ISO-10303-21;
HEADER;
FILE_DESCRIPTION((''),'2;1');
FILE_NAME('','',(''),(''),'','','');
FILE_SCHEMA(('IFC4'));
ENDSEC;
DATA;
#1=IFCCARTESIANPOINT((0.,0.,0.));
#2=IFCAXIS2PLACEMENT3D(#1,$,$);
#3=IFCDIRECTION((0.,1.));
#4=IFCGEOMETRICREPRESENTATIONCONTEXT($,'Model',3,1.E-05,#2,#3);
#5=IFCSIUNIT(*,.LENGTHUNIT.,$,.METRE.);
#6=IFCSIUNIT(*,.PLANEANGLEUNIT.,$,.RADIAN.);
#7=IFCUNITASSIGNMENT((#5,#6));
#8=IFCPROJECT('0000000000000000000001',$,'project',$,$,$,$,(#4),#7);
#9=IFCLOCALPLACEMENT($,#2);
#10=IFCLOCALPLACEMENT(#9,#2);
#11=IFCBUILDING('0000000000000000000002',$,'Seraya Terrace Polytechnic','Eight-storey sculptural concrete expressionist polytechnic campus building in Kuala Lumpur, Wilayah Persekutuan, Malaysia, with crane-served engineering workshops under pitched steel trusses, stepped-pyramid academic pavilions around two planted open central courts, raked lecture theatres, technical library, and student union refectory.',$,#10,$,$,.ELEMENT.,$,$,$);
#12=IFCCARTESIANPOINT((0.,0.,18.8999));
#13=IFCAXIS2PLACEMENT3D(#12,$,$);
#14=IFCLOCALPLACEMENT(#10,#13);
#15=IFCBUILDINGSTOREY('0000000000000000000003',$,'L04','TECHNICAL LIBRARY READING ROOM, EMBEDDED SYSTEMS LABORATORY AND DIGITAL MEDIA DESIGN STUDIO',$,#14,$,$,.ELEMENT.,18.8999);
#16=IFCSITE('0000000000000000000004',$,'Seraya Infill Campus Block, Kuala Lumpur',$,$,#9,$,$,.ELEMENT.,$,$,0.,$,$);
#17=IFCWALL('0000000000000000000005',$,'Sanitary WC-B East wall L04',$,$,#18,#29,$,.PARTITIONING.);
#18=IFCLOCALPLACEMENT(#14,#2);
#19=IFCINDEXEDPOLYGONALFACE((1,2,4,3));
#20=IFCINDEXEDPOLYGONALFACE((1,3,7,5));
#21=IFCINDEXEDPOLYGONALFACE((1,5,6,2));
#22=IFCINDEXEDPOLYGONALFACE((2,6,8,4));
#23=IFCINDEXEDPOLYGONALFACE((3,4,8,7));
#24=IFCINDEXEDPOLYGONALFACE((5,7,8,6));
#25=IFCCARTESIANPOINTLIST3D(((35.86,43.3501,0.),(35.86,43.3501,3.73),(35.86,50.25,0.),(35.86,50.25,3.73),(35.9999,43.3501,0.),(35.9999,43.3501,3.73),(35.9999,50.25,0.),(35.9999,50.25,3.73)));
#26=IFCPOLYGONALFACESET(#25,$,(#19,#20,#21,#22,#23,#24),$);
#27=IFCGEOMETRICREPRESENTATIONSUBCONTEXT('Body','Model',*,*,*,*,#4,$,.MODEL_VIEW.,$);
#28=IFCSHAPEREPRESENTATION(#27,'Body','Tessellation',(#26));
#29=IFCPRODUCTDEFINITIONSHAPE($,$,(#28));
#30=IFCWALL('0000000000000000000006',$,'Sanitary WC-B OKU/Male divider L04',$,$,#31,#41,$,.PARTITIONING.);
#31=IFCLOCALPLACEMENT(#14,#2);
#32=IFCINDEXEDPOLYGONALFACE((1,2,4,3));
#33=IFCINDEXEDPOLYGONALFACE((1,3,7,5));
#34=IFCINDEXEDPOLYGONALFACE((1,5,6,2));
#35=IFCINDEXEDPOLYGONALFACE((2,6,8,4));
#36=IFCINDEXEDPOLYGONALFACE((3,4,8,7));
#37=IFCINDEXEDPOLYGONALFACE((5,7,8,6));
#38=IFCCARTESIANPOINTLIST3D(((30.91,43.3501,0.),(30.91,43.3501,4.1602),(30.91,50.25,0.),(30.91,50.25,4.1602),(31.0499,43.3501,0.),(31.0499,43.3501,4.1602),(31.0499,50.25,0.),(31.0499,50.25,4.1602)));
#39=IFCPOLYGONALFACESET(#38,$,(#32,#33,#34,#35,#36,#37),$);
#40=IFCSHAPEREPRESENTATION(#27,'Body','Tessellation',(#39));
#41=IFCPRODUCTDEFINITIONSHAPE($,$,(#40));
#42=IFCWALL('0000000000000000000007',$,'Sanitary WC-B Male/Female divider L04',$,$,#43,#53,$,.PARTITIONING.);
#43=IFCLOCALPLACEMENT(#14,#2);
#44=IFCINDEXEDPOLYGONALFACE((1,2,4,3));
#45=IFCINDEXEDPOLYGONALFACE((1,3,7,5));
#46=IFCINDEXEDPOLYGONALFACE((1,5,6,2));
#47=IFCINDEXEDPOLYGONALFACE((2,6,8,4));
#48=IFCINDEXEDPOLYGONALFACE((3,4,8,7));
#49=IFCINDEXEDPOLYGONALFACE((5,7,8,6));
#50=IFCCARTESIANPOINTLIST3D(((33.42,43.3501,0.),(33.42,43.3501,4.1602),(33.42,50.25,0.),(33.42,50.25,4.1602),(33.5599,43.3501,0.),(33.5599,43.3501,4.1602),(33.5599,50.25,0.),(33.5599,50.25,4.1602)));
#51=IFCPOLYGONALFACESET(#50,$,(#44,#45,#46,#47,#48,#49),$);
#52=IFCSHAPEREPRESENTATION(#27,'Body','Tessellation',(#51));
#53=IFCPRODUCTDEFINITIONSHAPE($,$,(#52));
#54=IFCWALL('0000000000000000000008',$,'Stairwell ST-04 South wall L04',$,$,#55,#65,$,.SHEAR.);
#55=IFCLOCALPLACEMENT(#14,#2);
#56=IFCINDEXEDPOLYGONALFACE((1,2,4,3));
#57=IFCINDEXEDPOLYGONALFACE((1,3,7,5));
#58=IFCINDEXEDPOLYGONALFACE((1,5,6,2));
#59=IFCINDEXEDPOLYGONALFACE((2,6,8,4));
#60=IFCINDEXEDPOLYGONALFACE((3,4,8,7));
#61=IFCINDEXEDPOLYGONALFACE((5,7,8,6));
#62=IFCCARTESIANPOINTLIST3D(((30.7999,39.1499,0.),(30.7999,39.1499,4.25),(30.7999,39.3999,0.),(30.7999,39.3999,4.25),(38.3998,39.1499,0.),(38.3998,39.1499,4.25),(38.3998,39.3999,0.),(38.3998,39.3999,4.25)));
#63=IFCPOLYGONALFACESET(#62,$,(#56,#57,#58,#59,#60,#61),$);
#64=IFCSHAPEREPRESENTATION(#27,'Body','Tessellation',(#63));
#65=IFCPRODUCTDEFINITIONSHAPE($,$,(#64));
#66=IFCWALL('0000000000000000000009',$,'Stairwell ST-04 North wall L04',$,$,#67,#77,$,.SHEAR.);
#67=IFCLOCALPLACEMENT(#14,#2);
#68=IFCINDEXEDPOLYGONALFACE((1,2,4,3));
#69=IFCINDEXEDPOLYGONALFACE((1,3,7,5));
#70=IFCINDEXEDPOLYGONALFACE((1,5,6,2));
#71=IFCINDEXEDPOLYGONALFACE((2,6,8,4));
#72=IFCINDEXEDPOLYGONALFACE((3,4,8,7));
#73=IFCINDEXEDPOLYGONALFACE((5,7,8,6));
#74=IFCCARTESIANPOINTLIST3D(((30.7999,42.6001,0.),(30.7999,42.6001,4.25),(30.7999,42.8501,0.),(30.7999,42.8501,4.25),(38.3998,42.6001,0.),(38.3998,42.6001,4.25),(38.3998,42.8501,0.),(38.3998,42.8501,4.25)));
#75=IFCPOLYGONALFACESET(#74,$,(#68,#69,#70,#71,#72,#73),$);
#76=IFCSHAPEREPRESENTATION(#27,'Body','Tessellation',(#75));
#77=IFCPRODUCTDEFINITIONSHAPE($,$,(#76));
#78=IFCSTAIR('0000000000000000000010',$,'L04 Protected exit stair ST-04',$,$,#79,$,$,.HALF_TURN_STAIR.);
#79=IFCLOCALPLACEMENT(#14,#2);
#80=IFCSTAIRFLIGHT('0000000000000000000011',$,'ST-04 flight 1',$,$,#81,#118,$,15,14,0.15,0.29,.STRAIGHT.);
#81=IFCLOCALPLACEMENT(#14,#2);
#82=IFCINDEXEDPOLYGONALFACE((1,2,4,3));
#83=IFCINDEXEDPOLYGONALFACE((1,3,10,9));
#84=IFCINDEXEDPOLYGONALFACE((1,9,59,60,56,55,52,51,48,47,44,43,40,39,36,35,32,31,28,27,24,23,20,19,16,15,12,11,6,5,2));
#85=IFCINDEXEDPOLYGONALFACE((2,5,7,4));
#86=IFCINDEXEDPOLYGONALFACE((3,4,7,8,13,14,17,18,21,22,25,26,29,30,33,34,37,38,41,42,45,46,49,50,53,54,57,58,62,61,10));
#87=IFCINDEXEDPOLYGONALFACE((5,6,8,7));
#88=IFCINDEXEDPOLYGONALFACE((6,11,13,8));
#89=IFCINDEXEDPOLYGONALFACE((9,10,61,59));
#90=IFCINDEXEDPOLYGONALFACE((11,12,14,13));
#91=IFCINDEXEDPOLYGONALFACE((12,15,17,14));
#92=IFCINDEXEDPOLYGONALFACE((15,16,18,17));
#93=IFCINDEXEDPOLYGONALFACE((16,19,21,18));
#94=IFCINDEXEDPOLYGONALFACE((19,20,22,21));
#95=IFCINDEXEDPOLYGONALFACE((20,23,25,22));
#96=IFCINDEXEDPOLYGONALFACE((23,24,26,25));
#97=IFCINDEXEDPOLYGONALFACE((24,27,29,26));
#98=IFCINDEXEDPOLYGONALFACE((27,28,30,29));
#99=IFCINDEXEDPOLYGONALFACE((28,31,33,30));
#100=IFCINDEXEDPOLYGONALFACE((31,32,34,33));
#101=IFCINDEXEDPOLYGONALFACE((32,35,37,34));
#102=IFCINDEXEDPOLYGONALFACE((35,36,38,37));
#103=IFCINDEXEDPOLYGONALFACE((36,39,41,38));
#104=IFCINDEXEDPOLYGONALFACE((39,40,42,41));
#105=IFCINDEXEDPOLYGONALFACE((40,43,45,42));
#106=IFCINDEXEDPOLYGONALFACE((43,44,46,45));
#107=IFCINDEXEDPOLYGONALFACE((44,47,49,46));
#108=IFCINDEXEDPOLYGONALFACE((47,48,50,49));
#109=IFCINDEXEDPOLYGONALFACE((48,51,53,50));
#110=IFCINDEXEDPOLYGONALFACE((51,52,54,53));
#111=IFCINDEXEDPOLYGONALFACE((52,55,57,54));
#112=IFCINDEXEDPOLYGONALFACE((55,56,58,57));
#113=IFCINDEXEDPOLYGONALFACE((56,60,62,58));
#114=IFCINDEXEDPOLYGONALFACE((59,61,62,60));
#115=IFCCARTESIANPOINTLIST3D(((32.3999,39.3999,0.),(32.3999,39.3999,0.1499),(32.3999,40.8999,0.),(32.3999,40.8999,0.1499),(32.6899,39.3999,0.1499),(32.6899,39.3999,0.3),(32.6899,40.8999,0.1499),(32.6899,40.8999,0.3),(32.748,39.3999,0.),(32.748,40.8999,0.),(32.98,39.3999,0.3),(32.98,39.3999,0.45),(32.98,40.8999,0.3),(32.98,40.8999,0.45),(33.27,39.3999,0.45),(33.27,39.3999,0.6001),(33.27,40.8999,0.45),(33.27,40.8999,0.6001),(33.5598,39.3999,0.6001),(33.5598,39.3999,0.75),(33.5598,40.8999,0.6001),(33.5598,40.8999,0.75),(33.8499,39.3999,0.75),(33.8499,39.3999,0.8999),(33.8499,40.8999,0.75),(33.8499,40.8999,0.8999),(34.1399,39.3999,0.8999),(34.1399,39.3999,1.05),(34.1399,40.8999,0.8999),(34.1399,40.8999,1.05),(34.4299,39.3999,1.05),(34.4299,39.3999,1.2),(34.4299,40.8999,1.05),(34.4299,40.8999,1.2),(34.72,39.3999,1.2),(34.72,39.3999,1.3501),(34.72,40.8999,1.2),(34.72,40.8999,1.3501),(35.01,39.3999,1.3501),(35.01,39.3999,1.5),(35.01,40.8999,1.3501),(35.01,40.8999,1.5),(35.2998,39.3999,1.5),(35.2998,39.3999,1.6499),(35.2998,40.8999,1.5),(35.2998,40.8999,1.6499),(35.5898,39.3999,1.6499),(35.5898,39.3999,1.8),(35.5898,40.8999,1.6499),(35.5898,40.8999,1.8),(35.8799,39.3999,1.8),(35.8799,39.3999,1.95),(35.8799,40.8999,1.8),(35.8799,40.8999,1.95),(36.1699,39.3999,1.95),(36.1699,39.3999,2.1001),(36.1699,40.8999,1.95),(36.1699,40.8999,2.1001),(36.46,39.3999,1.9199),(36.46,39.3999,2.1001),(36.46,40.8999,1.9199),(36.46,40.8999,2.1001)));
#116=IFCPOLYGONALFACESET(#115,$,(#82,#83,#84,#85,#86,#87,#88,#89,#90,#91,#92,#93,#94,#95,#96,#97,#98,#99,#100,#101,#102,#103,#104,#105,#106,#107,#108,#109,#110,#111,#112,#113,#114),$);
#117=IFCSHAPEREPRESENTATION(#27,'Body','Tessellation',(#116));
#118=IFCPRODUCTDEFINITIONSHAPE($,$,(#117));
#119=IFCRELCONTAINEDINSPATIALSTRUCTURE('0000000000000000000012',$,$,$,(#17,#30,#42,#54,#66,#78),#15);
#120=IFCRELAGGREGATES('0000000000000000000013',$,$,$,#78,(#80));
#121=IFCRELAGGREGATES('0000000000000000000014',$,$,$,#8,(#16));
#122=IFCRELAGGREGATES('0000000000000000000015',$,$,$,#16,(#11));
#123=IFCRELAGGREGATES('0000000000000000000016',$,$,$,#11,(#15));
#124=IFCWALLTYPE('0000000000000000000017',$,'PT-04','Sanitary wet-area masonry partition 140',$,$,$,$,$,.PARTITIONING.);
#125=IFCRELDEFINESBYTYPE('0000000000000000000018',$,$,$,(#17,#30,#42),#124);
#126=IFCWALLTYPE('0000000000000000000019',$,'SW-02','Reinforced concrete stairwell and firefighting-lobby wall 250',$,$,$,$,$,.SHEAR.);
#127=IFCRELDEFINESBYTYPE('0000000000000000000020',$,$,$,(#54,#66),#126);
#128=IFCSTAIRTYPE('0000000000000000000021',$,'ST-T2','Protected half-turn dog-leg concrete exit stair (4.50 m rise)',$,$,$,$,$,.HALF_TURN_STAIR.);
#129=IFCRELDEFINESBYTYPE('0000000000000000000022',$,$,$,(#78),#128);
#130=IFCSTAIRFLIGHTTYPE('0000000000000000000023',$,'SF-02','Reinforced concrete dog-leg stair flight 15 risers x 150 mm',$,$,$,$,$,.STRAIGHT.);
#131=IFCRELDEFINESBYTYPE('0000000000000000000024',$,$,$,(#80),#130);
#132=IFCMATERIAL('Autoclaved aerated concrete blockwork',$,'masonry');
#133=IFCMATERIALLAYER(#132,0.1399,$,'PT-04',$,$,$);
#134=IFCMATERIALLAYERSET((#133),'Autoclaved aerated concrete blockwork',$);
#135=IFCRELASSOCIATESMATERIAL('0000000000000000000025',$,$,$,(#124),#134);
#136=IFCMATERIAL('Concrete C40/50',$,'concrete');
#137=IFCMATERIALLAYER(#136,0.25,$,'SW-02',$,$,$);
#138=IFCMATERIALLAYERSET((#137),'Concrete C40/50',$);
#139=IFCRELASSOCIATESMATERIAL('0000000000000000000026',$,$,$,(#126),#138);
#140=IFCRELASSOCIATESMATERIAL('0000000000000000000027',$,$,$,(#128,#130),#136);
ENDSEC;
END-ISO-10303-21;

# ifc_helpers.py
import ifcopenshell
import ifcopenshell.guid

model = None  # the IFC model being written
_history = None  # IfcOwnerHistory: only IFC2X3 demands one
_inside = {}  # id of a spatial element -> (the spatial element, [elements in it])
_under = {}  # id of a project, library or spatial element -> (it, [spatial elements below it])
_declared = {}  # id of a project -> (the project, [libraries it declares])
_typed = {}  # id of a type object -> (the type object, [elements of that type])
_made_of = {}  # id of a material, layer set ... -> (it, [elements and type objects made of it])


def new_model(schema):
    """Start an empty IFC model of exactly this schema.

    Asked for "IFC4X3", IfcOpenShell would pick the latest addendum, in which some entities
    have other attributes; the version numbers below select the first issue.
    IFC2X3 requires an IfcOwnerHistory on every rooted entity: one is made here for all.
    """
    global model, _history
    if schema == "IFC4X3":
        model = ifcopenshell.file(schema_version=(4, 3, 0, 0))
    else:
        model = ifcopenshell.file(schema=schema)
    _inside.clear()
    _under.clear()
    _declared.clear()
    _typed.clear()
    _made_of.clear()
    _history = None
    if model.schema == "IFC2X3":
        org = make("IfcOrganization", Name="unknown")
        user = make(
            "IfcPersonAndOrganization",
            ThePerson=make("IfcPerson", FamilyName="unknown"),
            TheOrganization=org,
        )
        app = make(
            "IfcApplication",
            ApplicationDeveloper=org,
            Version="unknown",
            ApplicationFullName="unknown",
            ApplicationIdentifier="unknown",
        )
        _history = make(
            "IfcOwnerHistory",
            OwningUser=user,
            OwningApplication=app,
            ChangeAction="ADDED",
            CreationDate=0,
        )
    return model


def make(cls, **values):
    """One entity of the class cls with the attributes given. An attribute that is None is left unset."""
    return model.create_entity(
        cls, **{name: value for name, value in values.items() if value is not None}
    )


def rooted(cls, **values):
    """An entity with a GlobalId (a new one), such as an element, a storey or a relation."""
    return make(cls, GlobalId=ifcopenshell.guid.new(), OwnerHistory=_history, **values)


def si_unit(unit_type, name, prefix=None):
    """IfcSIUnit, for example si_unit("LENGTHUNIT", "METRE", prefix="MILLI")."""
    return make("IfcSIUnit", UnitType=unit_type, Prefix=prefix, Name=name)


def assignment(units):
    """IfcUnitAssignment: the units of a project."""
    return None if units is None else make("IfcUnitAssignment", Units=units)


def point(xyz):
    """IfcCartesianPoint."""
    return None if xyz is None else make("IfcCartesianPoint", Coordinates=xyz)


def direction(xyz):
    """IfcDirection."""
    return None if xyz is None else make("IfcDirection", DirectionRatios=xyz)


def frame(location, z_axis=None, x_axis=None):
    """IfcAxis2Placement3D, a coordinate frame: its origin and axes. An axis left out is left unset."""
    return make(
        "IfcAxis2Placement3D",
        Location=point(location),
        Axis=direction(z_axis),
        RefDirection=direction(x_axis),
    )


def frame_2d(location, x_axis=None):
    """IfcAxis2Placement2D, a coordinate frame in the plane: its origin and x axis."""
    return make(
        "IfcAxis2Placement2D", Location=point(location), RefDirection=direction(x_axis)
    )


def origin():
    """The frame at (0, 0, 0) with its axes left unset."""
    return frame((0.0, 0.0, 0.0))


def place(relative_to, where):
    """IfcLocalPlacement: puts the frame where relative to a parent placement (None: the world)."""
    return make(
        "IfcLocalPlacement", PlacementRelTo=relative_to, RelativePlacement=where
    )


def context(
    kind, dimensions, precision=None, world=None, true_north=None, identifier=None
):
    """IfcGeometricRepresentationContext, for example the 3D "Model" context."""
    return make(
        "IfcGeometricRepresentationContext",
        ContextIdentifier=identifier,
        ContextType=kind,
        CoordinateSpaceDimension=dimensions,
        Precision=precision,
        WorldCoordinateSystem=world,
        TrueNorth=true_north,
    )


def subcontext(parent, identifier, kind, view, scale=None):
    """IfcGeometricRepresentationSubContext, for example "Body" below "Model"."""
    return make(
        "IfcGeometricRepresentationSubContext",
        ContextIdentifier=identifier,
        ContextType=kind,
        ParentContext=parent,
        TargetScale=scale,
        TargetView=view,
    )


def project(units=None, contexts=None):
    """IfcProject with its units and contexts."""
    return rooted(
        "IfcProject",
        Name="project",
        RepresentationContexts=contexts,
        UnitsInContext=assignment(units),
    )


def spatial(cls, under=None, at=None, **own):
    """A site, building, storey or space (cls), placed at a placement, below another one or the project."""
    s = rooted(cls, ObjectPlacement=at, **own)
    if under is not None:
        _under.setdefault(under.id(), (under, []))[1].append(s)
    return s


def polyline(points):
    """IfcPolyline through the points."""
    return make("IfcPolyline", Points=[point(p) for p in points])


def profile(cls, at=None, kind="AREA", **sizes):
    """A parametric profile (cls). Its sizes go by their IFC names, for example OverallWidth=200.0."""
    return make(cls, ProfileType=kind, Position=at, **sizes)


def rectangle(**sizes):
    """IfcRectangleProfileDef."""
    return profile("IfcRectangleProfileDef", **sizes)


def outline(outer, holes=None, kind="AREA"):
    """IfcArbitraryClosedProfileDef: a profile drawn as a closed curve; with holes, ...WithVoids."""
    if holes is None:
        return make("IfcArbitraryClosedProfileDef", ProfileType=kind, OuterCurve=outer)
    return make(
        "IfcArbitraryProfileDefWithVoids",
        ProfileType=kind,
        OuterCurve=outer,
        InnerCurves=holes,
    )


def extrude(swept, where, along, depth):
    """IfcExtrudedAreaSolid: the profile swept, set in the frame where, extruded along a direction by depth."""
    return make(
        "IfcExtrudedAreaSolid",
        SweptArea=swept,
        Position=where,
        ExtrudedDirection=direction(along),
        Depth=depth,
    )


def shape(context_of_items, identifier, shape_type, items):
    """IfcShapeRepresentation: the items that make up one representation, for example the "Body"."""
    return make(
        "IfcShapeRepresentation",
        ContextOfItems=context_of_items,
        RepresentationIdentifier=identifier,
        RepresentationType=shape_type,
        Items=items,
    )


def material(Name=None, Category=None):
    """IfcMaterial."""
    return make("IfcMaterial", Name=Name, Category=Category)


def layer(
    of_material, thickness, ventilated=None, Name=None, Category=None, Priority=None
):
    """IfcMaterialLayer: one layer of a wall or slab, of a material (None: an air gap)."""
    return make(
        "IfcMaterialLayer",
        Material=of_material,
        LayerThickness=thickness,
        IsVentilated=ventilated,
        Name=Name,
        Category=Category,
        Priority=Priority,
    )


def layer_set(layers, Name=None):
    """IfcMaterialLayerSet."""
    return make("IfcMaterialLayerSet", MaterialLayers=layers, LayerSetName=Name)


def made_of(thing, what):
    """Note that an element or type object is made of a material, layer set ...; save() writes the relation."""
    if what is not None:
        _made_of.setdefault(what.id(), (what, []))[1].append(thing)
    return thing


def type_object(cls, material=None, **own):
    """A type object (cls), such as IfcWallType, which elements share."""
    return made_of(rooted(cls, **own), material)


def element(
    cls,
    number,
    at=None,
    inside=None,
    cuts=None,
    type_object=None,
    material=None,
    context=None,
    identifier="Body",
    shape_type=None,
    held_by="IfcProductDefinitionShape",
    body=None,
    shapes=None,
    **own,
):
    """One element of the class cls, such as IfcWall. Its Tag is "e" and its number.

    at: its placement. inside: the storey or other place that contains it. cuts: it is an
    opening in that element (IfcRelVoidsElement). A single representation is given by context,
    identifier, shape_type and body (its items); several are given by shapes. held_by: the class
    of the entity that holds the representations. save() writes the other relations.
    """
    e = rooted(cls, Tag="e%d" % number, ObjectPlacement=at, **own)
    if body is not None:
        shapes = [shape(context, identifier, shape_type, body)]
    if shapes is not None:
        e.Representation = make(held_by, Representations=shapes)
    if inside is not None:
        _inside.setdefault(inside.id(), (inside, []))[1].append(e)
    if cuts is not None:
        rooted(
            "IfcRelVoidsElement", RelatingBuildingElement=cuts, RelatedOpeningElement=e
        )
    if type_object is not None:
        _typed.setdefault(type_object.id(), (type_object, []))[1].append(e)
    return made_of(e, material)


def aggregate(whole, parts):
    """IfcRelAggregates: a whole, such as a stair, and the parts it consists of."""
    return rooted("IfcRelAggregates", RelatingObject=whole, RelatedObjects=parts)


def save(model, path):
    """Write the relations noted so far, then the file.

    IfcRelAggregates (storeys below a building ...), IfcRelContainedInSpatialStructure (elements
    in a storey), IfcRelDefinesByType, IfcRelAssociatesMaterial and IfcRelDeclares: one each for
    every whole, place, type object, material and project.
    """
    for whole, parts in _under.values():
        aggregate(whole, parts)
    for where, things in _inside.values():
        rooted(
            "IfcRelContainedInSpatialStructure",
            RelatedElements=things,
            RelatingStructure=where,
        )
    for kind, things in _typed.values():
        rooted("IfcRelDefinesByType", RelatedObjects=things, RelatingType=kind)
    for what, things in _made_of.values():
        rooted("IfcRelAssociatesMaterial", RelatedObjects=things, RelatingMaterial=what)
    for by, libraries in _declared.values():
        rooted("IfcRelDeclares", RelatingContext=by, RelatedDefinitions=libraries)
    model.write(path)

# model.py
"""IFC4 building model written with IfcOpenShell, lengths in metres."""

from ifc_helpers import new_model, si_unit, direction, frame, frame_2d, origin, place, context, subcontext, project, spatial, polyline, rectangle, outline, extrude, material, layer, layer_set, type_object, element, aggregate, save


model = new_model("IFC4")

# Units and contexts
model_context = context("Model", 3, precision=1e-05, world=origin(), true_north=direction((0.0, 1.0)))
body_context = subcontext(model_context, "Body", "Model", "MODEL_VIEW")
ifc_project = project(units=[si_unit("LENGTHUNIT", "METRE"), si_unit("PLANEANGLEUNIT", "RADIAN")], contexts=[model_context])

# Site, building, storey
site_placement = place(None, origin())
site = spatial("IfcSite", under=ifc_project, at=site_placement, Name="Seraya Infill Campus Block, Kuala Lumpur", CompositionType="ELEMENT", RefElevation=0.0)
building_placement = place(site_placement, origin())
building = spatial("IfcBuilding", under=site, at=building_placement, Name="Seraya Terrace Polytechnic", Description="Eight-storey sculptural concrete expressionist polytechnic campus building in Kuala Lumpur, Wilayah Persekutuan, Malaysia, with crane-served engineering workshops under pitched steel trusses, stepped-pyramid academic pavilions around two planted open central courts, raked lecture theatres, technical library, and student union refectory.", CompositionType="ELEMENT")
storey_placement = place(building_placement, frame((0.0, 0.0, 18.8999)))
storey = spatial("IfcBuildingStorey", under=building, at=storey_placement, Name="L04", Description="TECHNICAL LIBRARY READING ROOM, EMBEDDED SYSTEMS LABORATORY AND DIGITAL MEDIA DESIGN STUDIO", CompositionType="ELEMENT", Elevation=18.8999)

# Shared definitions
ifc_material_1 = material(Name="Concrete C40/50", Category="concrete")

# Shared definitions
ifc_material_2 = material(Name="Autoclaved aerated concrete blockwork", Category="masonry")
ifc_layer_1 = layer(ifc_material_2, 0.1399, Name="PT-04")
ifc_layer_set_1 = layer_set([ifc_layer_1], Name="Autoclaved aerated concrete blockwork")
wall_type_1 = type_object("IfcWallType", Name="PT-04", Description="Sanitary wet-area masonry partition 140", PredefinedType="PARTITIONING", material=ifc_layer_set_1)

# Walls
wall_1_placement = place(storey_placement, frame((35.9299, 43.3501, 0.0), z_axis=(0.0, 0.0, 1.0), x_axis=(0.0, 1.0, 0.0)))
element("IfcWall", 1, at=wall_1_placement, inside=storey, type_object=wall_type_1, Name="Sanitary WC-B East wall L04", PredefinedType="PARTITIONING", context=body_context, shape_type="SweptSolid", body=[
    extrude(rectangle(XDim=6.8999, YDim=0.1399, at=frame_2d((3.45, 0.0))), origin(), (0.0, 0.0, 1.0), 3.73),
])
for number, where, z_axis, x_axis, name in (
    (2, (30.98, 43.3501, 0.0), (0.0, 0.0, 1.0), (0.0, 1.0, 0.0), "Sanitary WC-B OKU/Male divider L04"),
    (3, (33.49, 43.3501, 0.0), (0.0, 0.0, 1.0), (0.0, 1.0, 0.0), "Sanitary WC-B Male/Female divider L04"),
):
    element("IfcWall", number, at=place(storey_placement, frame(where, z_axis=z_axis, x_axis=x_axis)), inside=storey, type_object=wall_type_1, Name=name, PredefinedType="PARTITIONING", context=body_context, shape_type="SweptSolid", body=[
        extrude(rectangle(XDim=6.8999, YDim=0.1399, at=frame_2d((3.45, 0.0))), origin(), (0.0, 0.0, 1.0), 4.1602),
    ])

# Shared definitions
ifc_layer_2 = layer(ifc_material_1, 0.25, Name="SW-02")
ifc_layer_set_2 = layer_set([ifc_layer_2], Name="Concrete C40/50")
wall_type_2 = type_object("IfcWallType", Name="SW-02", Description="Reinforced concrete stairwell and firefighting-lobby wall 250", PredefinedType="SHEAR", material=ifc_layer_set_2)

# Walls
for number, where, z_axis, x_axis, name in (
    (4, (30.8, 39.2749, 0.0), (0.0, 0.0, 1.0), (1.0, 0.0, 0.0), "Stairwell ST-04 South wall L04"),
    (5, (30.8, 42.7251, 0.0), (0.0, 0.0, 1.0), (1.0, 0.0, 0.0), "Stairwell ST-04 North wall L04"),
):
    element("IfcWall", number, at=place(storey_placement, frame(where, z_axis=z_axis, x_axis=x_axis)), inside=storey, type_object=wall_type_2, Name=name, PredefinedType="SHEAR", context=body_context, shape_type="SweptSolid", body=[
        extrude(rectangle(XDim=7.5999, YDim=0.25, at=frame_2d((3.7998, 0.0))), origin(), (0.0, 0.0, 1.0), 4.25),
    ])

# Stair, stair flight
stair_type = type_object("IfcStairType", Name="ST-T2", Description="Protected half-turn dog-leg concrete exit stair (4.50 m rise)", PredefinedType="HALF_TURN_STAIR", material=ifc_material_1)
stair_placement = place(storey_placement, origin())
stair = element("IfcStair", 6, at=stair_placement, inside=storey, type_object=stair_type, Name="L04 Protected exit stair ST-04", PredefinedType="HALF_TURN_STAIR")
stair_flight_type = type_object("IfcStairFlightType", Name="SF-02", Description="Reinforced concrete dog-leg stair flight 15 risers x 150 mm", PredefinedType="STRAIGHT", material=ifc_material_1)
stair_flight_placement = place(storey_placement, frame((32.3999, 40.1499, 0.0), z_axis=(0.0, 0.0, 1.0), x_axis=(1.0, 0.0, 0.0)))
stair_flight = element("IfcStairFlight", 7, at=stair_flight_placement, type_object=stair_flight_type, Name="ST-04 flight 1", NumberOfRisers=15, NumberOfTreads=14, PredefinedType="STRAIGHT", RiserHeight=0.15, TreadLength=0.29, context=body_context, shape_type="SweptSolid", body=[
    extrude(outline(polyline([(0.0, 0.0), (0.0, 0.1499), (0.29, 0.1499), (0.29, 0.3), (0.5801, 0.3), (0.5801, 0.45), (0.8701, 0.45), (0.8701, 0.6001), (1.1599, 0.6001), (1.1599, 0.75), (1.45, 0.75), (1.45, 0.8999), (1.74, 0.8999), (1.74, 1.05), (2.03, 1.05), (2.03, 1.2), (2.3201, 1.2), (2.3201, 1.3501), (2.6101, 1.3501), (2.6101, 1.5), (2.8999, 1.5), (2.8999, 1.6499), (3.1899, 1.6499), (3.1899, 1.8), (3.48, 1.8), (3.48, 1.95), (3.77, 1.95), (3.77, 2.1001), (4.0601, 2.1001), (4.0601, 2.25), (4.0601, 1.9199), (0.3481, 0.0), (0.0, 0.0)])), frame((0.0, 0.75, 0.0), z_axis=(0.0, -1.0, 0.0), x_axis=(1.0, 0.0, 0.0)), (0.0, 0.0, 1.0), 1.5),
])
aggregate(stair, [stair_flight])

save(model, "model.ifc")
